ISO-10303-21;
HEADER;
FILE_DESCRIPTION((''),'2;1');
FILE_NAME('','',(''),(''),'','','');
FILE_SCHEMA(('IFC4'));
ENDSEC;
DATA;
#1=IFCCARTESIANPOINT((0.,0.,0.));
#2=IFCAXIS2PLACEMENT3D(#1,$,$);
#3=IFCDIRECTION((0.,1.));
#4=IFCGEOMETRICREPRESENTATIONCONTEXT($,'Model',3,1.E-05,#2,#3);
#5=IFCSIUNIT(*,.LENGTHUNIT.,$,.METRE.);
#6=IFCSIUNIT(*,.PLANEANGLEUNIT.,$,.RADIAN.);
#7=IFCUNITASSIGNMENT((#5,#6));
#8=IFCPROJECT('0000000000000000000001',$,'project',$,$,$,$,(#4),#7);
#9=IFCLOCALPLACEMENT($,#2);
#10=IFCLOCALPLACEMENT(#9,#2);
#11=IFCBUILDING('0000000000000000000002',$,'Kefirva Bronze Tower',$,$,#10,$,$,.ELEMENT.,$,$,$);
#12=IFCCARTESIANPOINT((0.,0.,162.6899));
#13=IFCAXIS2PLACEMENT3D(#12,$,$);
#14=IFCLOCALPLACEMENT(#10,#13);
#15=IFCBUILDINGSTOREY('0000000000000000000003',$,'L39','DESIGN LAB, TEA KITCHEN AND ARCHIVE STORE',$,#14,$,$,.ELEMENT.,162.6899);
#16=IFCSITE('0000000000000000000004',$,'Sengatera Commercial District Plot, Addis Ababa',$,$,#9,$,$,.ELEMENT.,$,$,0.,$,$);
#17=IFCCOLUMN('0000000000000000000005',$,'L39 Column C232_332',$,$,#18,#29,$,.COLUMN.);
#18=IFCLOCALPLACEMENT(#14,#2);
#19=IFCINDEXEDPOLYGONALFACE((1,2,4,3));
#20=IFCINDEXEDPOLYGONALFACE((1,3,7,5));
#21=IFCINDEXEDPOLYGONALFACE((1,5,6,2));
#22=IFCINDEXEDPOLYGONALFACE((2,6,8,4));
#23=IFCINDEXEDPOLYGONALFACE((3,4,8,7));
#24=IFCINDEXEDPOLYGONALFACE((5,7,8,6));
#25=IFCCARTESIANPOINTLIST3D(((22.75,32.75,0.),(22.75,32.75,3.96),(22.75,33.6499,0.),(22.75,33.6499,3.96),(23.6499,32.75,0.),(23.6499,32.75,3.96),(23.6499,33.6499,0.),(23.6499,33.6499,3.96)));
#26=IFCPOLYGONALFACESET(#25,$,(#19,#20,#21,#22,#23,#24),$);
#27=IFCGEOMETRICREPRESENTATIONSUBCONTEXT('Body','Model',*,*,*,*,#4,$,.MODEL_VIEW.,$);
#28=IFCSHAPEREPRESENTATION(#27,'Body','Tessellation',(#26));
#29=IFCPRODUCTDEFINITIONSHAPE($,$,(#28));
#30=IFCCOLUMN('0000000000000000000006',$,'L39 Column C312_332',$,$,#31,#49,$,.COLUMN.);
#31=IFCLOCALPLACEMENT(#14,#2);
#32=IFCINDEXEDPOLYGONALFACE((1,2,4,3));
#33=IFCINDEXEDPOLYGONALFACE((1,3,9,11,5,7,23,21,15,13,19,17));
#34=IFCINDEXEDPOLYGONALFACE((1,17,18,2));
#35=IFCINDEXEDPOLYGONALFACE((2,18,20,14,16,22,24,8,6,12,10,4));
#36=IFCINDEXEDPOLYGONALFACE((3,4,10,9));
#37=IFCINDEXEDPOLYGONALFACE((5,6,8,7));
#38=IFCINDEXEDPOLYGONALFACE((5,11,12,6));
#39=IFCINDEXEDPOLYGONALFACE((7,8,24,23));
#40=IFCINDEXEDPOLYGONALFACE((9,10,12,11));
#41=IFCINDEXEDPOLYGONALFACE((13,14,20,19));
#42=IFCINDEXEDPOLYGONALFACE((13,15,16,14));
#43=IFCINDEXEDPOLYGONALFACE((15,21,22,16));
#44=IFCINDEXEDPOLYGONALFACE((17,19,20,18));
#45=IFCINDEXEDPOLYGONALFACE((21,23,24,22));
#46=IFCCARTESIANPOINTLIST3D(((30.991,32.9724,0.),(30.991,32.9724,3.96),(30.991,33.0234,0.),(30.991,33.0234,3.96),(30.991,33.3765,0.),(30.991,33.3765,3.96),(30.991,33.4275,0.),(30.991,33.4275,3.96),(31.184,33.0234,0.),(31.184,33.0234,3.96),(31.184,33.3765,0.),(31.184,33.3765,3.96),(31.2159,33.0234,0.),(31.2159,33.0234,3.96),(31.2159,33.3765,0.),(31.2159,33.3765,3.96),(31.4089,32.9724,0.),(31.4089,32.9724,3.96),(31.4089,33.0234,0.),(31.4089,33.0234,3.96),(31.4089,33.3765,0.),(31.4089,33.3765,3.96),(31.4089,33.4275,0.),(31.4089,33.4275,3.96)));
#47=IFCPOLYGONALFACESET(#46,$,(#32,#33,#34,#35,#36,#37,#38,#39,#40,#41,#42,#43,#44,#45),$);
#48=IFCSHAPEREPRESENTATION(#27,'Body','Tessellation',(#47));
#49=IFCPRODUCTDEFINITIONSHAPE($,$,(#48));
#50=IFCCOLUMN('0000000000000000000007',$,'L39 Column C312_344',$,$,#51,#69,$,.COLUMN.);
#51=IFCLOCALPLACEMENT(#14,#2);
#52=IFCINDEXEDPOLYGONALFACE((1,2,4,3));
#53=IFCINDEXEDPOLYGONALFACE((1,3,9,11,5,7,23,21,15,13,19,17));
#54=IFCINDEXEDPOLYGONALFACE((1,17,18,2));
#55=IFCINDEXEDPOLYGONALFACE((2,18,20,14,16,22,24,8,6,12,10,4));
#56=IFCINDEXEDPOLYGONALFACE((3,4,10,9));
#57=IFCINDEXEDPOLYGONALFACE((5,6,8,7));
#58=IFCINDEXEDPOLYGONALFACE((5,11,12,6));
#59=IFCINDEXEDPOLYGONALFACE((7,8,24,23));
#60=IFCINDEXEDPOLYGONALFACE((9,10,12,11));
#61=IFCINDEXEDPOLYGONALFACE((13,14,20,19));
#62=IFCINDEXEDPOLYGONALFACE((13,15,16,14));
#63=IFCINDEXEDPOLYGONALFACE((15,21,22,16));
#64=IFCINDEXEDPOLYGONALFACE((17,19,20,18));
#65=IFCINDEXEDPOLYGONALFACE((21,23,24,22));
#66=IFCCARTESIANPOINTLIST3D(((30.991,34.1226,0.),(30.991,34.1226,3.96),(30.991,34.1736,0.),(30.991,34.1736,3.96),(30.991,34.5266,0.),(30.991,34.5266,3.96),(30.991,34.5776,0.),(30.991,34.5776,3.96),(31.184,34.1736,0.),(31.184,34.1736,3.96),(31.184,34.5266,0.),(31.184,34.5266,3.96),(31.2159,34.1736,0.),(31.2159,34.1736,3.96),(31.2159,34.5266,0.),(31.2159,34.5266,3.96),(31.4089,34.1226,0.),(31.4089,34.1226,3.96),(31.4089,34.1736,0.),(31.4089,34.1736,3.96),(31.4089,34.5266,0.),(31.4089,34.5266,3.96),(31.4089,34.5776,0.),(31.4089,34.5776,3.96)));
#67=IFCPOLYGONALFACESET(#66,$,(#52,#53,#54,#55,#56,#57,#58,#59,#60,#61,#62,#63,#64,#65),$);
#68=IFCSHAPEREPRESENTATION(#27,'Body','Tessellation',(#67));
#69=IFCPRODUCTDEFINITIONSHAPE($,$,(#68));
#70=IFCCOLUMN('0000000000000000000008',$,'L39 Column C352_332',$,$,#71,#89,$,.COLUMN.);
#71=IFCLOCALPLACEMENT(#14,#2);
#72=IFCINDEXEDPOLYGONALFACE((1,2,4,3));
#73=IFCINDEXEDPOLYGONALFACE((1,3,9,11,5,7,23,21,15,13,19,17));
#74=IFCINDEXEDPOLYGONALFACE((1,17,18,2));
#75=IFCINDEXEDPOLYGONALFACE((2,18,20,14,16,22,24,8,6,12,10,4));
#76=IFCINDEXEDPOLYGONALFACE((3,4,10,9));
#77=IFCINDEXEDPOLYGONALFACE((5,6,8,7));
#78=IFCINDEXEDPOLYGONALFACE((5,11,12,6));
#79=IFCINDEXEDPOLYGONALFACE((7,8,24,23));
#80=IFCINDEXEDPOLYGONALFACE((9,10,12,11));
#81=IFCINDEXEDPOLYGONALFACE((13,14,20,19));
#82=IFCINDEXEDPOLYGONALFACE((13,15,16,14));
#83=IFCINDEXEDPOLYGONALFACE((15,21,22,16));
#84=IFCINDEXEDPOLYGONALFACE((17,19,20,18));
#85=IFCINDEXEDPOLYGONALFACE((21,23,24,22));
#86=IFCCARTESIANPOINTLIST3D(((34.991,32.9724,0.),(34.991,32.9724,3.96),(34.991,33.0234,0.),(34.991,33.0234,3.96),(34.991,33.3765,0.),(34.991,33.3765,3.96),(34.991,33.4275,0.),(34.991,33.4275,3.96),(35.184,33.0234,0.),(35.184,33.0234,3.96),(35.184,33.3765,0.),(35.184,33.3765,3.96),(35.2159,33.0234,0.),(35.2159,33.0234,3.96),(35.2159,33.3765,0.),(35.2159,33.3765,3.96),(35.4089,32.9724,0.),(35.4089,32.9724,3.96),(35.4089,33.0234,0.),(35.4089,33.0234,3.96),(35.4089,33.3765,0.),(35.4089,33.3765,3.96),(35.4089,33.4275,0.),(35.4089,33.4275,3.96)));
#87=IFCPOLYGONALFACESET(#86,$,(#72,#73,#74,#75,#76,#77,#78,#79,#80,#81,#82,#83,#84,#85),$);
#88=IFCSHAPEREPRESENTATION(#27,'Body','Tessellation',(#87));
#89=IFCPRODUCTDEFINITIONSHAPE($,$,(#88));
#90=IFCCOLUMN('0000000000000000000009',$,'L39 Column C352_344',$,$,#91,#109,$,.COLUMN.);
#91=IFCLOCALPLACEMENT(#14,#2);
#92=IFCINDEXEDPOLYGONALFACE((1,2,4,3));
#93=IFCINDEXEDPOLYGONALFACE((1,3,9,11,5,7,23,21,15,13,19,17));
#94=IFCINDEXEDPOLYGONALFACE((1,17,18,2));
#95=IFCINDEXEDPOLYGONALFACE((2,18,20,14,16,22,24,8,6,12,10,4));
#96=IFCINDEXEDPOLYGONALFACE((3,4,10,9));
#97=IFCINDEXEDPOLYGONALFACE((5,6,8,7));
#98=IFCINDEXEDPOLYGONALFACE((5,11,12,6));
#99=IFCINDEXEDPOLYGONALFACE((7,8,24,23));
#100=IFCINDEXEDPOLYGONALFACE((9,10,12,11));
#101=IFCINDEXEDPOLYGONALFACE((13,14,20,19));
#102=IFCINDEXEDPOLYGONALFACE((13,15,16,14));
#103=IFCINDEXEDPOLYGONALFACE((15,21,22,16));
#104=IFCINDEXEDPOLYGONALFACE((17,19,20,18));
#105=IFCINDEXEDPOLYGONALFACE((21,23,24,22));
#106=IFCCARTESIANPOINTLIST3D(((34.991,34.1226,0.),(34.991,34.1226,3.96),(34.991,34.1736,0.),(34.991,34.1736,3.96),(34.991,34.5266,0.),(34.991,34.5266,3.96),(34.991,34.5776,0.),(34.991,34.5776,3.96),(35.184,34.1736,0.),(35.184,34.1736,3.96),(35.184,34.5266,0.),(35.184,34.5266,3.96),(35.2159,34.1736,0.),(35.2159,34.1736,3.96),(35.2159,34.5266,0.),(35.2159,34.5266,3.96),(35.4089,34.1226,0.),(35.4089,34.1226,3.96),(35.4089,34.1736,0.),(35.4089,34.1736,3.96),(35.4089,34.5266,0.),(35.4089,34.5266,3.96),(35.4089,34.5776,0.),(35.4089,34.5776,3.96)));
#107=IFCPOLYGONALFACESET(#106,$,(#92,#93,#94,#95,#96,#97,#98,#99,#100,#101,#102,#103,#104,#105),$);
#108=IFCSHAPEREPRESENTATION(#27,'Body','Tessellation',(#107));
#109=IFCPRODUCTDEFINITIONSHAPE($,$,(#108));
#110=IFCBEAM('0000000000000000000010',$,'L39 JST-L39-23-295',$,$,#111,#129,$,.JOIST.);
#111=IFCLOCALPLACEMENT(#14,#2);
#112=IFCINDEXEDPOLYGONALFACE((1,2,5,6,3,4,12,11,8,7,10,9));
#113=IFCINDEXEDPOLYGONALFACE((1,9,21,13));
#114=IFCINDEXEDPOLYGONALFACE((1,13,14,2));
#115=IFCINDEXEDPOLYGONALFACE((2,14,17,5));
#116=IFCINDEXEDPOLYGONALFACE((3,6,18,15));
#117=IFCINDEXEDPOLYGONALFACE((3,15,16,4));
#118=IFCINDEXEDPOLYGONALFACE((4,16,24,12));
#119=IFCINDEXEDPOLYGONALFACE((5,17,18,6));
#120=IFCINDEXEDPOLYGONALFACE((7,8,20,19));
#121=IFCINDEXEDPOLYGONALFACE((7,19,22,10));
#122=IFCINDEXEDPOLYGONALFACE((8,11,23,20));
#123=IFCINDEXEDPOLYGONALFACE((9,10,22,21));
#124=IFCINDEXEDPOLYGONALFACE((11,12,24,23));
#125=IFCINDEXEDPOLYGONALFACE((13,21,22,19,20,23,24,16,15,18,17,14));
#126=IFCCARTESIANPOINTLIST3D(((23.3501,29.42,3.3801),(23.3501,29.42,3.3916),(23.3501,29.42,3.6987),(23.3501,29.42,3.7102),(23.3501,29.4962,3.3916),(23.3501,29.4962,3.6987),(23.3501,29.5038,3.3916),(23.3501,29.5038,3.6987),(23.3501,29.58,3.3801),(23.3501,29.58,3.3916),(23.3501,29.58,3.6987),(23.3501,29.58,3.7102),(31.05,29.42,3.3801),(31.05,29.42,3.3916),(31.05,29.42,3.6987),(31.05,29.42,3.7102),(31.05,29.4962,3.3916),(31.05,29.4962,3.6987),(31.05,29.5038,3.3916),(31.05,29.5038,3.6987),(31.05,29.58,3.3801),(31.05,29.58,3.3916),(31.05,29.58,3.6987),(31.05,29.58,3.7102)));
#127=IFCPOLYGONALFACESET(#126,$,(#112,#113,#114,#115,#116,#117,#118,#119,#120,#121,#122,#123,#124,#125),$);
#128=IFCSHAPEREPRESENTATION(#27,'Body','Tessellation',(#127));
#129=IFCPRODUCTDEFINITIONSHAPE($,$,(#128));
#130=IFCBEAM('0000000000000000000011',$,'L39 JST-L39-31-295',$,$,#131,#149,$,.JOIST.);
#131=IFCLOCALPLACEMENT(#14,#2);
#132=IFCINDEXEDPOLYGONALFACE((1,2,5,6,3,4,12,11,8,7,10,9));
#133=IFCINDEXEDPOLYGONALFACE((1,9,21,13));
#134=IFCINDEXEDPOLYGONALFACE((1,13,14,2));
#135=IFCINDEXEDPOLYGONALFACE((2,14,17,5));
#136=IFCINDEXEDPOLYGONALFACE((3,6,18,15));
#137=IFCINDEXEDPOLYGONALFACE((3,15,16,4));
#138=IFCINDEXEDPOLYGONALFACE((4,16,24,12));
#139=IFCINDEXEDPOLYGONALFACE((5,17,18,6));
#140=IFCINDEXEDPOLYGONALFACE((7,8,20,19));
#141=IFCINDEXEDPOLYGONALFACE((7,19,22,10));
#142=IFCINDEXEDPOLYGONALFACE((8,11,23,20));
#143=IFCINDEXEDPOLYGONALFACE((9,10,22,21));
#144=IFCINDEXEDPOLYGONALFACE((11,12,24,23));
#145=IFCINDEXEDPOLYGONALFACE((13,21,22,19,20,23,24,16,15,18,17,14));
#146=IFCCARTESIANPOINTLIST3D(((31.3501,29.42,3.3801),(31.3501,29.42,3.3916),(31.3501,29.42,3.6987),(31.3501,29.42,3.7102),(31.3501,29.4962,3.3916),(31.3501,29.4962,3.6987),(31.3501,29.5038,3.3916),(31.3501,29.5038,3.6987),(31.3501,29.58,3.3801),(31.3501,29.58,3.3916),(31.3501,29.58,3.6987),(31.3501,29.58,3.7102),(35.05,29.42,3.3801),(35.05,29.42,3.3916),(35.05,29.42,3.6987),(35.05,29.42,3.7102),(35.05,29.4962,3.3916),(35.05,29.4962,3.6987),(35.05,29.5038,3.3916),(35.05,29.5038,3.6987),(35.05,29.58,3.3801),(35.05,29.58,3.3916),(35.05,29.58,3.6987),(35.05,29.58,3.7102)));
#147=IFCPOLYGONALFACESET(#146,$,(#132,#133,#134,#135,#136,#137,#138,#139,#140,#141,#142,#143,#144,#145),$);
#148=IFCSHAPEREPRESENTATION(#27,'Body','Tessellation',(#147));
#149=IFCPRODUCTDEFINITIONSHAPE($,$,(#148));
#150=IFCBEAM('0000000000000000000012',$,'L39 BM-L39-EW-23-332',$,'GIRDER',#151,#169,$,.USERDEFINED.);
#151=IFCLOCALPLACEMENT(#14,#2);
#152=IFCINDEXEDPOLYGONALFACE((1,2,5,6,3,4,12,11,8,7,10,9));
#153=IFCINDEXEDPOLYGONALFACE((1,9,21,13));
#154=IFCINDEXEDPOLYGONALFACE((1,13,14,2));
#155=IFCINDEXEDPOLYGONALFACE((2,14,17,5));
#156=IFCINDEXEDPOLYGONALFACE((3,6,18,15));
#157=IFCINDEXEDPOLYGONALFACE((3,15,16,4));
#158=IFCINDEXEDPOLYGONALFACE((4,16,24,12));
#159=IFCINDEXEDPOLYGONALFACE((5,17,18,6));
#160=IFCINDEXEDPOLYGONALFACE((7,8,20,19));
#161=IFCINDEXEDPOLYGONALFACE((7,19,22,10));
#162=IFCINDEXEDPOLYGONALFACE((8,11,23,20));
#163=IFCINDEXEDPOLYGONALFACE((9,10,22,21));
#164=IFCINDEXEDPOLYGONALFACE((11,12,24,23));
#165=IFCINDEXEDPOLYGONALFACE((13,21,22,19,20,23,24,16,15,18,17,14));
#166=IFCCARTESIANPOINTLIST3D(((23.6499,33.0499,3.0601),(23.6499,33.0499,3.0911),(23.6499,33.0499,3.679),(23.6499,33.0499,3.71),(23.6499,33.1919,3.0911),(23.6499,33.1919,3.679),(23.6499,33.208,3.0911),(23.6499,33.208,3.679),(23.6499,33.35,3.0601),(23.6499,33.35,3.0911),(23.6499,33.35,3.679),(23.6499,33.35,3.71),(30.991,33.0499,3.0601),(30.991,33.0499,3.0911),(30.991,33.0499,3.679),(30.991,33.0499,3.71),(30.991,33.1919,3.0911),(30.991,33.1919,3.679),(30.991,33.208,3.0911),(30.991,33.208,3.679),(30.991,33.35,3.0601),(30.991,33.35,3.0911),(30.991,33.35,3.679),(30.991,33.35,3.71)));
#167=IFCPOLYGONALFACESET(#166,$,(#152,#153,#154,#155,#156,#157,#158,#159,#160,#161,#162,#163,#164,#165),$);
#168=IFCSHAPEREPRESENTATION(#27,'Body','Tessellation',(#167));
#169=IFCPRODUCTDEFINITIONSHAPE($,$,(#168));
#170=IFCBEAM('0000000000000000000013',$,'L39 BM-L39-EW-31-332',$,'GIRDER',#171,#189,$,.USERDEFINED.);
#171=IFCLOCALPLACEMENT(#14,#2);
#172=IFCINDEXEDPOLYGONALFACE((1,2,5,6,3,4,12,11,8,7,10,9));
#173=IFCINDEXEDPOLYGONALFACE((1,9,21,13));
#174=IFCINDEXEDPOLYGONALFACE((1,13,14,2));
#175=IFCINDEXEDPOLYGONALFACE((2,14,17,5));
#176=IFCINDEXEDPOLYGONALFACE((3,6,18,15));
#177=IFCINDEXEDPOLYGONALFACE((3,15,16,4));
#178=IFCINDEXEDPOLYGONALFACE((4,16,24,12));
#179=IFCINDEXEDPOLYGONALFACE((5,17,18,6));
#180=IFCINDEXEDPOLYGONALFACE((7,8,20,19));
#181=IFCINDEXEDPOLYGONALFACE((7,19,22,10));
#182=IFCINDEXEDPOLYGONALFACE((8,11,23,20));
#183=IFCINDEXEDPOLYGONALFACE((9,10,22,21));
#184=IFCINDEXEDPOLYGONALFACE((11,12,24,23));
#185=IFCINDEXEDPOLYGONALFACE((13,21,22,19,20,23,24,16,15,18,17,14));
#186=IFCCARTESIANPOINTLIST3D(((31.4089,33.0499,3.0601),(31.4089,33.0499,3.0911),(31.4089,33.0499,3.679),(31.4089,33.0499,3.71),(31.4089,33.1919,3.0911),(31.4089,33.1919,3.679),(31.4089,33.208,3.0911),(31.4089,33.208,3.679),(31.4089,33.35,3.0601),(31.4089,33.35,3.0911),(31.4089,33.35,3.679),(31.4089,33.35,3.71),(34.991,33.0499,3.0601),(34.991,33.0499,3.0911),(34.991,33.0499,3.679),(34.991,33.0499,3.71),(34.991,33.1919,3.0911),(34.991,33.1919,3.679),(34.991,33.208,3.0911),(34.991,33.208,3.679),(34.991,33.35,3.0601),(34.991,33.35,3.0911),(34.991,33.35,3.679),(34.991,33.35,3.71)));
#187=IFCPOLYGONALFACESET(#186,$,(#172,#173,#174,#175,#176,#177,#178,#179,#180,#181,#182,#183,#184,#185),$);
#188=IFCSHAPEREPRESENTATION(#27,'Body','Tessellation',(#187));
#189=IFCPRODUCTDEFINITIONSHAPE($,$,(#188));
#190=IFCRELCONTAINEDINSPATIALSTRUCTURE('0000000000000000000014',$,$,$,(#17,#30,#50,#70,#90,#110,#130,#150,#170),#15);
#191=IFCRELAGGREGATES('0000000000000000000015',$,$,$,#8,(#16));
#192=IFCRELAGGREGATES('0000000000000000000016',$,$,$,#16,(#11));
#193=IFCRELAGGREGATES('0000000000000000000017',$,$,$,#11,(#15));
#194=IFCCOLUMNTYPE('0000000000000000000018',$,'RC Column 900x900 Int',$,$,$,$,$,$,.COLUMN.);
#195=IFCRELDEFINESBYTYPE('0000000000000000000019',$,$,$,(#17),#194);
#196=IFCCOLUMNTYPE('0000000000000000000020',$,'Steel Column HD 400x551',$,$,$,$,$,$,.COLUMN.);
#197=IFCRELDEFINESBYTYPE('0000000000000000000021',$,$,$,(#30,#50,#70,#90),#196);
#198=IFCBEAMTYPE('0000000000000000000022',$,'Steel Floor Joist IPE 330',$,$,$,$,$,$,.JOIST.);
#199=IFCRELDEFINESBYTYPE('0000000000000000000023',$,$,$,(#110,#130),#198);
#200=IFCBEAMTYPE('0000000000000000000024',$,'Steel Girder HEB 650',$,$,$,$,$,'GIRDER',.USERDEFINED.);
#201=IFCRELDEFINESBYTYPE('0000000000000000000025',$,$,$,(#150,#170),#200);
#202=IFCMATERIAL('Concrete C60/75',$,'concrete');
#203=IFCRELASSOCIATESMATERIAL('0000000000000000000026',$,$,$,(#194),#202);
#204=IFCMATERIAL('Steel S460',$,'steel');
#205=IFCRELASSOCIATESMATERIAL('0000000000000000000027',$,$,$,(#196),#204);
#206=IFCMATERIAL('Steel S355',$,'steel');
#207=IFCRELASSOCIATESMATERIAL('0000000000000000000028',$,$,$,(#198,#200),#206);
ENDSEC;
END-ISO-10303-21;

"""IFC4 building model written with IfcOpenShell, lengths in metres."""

from ifc_helpers import new_model, si_unit, direction, frame, origin, origin_2d, place, context, subcontext, project, spatial, rectangle, i_section, extrude, material, material_profile, profile_set, type_object, element, save


model = new_model("IFC4")

# Units and contexts
model_context = context("Model", 3, precision=1e-05, world=origin(), true_north=direction((0.0, 1.0)))
body_context = subcontext(model_context, "Body", "Model", "MODEL_VIEW")
ifc_project = project(units=[si_unit("LENGTHUNIT", "METRE"), si_unit("PLANEANGLEUNIT", "RADIAN")], contexts=[model_context])

# Site, building, storey
site_placement = place(None, origin())
site = spatial("IfcSite", under=ifc_project, at=site_placement, Name="Sengatera Commercial District Plot, Addis Ababa", CompositionType="ELEMENT", RefElevation=0.0)
building_placement = place(site_placement, origin())
building = spatial("IfcBuilding", under=site, at=building_placement, Name="Kefirva Bronze Tower", CompositionType="ELEMENT")
storey_placement = place(building_placement, frame((0.0, 0.0, 162.6899)))
storey = spatial("IfcBuildingStorey", under=building, at=storey_placement, Name="L39", Description="DESIGN LAB, TEA KITCHEN AND ARCHIVE STORE", CompositionType="ELEMENT", Elevation=162.6899)

# Columns
ifc_material_1 = material(Name="Concrete C60/75", Category="concrete")
ifc_material_profile_1 = material_profile(ifc_material_1, rectangle(XDim=0.8999, YDim=0.8999, at=origin_2d()), Name="RC 900x900")
ifc_profile_set_1 = profile_set([ifc_material_profile_1], Name="Concrete C60/75")
column_type_1 = type_object("IfcColumnType", Name="RC Column 900x900 Int", PredefinedType="COLUMN", material=ifc_profile_set_1)
column_placement = place(storey_placement, frame((23.2, 33.2, 0.0), z_axis=(0.0, 0.0, 1.0), x_axis=(1.0, 0.0, 0.0)))
element("IfcColumn", 1, at=column_placement, inside=storey, type_object=column_type_1, Name="L39 Column C232_332", PredefinedType="COLUMN", context=body_context, shape_type="SweptSolid", body=[
    extrude(rectangle(XDim=0.8999, YDim=0.8999, at=origin_2d()), origin(), (0.0, 0.0, 1.0), 3.96),
])
ifc_material_2 = material(Name="Steel S460", Category="steel")
ifc_material_profile_2 = material_profile(ifc_material_2, i_section(OverallWidth=0.418, OverallDepth=0.4551, WebThickness=0.032, FlangeThickness=0.051, at=origin_2d()), Name="HD 400x551")
ifc_profile_set_2 = profile_set([ifc_material_profile_2], Name="Steel S460")
column_type_2 = type_object("IfcColumnType", Name="Steel Column HD 400x551", PredefinedType="COLUMN", material=ifc_profile_set_2)
for number, where, z_axis, x_axis, name in (
    (2, (31.2, 33.2, 0.0), (0.0, 0.0, 1.0), (1.0, 0.0, 0.0), "L39 Column C312_332"),
    (3, (31.2, 34.3501, 0.0), (0.0, 0.0, 1.0), (1.0, 0.0, 0.0), "L39 Column C312_344"),
    (4, (35.2, 33.2, 0.0), (0.0, 0.0, 1.0), (1.0, 0.0, 0.0), "L39 Column C352_332"),
    (5, (35.2, 34.3501, 0.0), (0.0, 0.0, 1.0), (1.0, 0.0, 0.0), "L39 Column C352_344"),
):
    element("IfcColumn", number, at=place(storey_placement, frame(where, z_axis=z_axis, x_axis=x_axis)), inside=storey, type_object=column_type_2, Name=name, PredefinedType="COLUMN", context=body_context, shape_type="SweptSolid", body=[
        extrude(i_section(OverallWidth=0.418, OverallDepth=0.4551, WebThickness=0.032, FlangeThickness=0.051, at=origin_2d()), origin(), (0.0, 0.0, 1.0), 3.96),
    ])

# Beams
ifc_material_3 = material(Name="Steel S355", Category="steel")
ifc_material_profile_3 = material_profile(ifc_material_3, i_section(OverallWidth=0.1599, OverallDepth=0.3301, WebThickness=0.0076, FlangeThickness=0.0115, at=origin_2d()), Name="IPE 330")
ifc_profile_set_3 = profile_set([ifc_material_profile_3], Name="Steel S355")
beam_type_1 = type_object("IfcBeamType", Name="Steel Floor Joist IPE 330", PredefinedType="JOIST", material=ifc_profile_set_3)
beam_1_placement = place(storey_placement, frame((23.3501, 29.5, 3.5452), z_axis=(1.0, 0.0, 0.0), x_axis=(0.0, 1.0, 0.0)))
element("IfcBeam", 6, at=beam_1_placement, inside=storey, type_object=beam_type_1, Name="L39 JST-L39-23-295", PredefinedType="JOIST", context=body_context, shape_type="SweptSolid", body=[
    extrude(i_section(OverallWidth=0.1599, OverallDepth=0.3301, WebThickness=0.0076, FlangeThickness=0.0115, at=origin_2d()), origin(), (0.0, 0.0, 1.0), 7.7),
])
beam_2_placement = place(storey_placement, frame((31.3501, 29.5, 3.5452), z_axis=(1.0, 0.0, 0.0), x_axis=(0.0, 1.0, 0.0)))
element("IfcBeam", 7, at=beam_2_placement, inside=storey, type_object=beam_type_1, Name="L39 JST-L39-31-295", PredefinedType="JOIST", context=body_context, shape_type="SweptSolid", body=[
    extrude(i_section(OverallWidth=0.1599, OverallDepth=0.3301, WebThickness=0.0076, FlangeThickness=0.0115, at=origin_2d()), origin(), (0.0, 0.0, 1.0), 3.7),
])
ifc_material_profile_4 = material_profile(ifc_material_3, i_section(OverallWidth=0.3, OverallDepth=0.6499, WebThickness=0.0161, FlangeThickness=0.031, at=origin_2d()), Name="HEB 650")
ifc_profile_set_4 = profile_set([ifc_material_profile_4], Name="Steel S355")
beam_type_2 = type_object("IfcBeamType", Name="Steel Girder HEB 650", ElementType="GIRDER", PredefinedType="USERDEFINED", material=ifc_profile_set_4)
beam_3_placement = place(storey_placement, frame((23.6499, 33.2, 3.385), z_axis=(1.0, 0.0, 0.0), x_axis=(0.0, 1.0, 0.0)))
element("IfcBeam", 8, at=beam_3_placement, inside=storey, type_object=beam_type_2, Name="L39 BM-L39-EW-23-332", ObjectType="GIRDER", PredefinedType="USERDEFINED", context=body_context, shape_type="SweptSolid", body=[
    extrude(i_section(OverallWidth=0.3, OverallDepth=0.6499, WebThickness=0.0161, FlangeThickness=0.031, at=origin_2d()), origin(), (0.0, 0.0, 1.0), 7.3411),
])
for number, where, z_axis, x_axis, name in (
    (9, (31.4089, 33.2, 3.385), (1.0, 0.0, 0.0), (0.0, 1.0, 0.0), "L39 BM-L39-EW-31-332"),
):
    element("IfcBeam", number, at=place(storey_placement, frame(where, z_axis=z_axis, x_axis=x_axis)), inside=storey, type_object=beam_type_2, Name=name, ObjectType="GIRDER", PredefinedType="USERDEFINED", context=body_context, shape_type="SweptSolid", body=[
        extrude(i_section(OverallWidth=0.3, OverallDepth=0.6499, WebThickness=0.0161, FlangeThickness=0.031, at=origin_2d()), origin(), (0.0, 0.0, 1.0), 3.582),
    ])

save(model, "model.ifc")
